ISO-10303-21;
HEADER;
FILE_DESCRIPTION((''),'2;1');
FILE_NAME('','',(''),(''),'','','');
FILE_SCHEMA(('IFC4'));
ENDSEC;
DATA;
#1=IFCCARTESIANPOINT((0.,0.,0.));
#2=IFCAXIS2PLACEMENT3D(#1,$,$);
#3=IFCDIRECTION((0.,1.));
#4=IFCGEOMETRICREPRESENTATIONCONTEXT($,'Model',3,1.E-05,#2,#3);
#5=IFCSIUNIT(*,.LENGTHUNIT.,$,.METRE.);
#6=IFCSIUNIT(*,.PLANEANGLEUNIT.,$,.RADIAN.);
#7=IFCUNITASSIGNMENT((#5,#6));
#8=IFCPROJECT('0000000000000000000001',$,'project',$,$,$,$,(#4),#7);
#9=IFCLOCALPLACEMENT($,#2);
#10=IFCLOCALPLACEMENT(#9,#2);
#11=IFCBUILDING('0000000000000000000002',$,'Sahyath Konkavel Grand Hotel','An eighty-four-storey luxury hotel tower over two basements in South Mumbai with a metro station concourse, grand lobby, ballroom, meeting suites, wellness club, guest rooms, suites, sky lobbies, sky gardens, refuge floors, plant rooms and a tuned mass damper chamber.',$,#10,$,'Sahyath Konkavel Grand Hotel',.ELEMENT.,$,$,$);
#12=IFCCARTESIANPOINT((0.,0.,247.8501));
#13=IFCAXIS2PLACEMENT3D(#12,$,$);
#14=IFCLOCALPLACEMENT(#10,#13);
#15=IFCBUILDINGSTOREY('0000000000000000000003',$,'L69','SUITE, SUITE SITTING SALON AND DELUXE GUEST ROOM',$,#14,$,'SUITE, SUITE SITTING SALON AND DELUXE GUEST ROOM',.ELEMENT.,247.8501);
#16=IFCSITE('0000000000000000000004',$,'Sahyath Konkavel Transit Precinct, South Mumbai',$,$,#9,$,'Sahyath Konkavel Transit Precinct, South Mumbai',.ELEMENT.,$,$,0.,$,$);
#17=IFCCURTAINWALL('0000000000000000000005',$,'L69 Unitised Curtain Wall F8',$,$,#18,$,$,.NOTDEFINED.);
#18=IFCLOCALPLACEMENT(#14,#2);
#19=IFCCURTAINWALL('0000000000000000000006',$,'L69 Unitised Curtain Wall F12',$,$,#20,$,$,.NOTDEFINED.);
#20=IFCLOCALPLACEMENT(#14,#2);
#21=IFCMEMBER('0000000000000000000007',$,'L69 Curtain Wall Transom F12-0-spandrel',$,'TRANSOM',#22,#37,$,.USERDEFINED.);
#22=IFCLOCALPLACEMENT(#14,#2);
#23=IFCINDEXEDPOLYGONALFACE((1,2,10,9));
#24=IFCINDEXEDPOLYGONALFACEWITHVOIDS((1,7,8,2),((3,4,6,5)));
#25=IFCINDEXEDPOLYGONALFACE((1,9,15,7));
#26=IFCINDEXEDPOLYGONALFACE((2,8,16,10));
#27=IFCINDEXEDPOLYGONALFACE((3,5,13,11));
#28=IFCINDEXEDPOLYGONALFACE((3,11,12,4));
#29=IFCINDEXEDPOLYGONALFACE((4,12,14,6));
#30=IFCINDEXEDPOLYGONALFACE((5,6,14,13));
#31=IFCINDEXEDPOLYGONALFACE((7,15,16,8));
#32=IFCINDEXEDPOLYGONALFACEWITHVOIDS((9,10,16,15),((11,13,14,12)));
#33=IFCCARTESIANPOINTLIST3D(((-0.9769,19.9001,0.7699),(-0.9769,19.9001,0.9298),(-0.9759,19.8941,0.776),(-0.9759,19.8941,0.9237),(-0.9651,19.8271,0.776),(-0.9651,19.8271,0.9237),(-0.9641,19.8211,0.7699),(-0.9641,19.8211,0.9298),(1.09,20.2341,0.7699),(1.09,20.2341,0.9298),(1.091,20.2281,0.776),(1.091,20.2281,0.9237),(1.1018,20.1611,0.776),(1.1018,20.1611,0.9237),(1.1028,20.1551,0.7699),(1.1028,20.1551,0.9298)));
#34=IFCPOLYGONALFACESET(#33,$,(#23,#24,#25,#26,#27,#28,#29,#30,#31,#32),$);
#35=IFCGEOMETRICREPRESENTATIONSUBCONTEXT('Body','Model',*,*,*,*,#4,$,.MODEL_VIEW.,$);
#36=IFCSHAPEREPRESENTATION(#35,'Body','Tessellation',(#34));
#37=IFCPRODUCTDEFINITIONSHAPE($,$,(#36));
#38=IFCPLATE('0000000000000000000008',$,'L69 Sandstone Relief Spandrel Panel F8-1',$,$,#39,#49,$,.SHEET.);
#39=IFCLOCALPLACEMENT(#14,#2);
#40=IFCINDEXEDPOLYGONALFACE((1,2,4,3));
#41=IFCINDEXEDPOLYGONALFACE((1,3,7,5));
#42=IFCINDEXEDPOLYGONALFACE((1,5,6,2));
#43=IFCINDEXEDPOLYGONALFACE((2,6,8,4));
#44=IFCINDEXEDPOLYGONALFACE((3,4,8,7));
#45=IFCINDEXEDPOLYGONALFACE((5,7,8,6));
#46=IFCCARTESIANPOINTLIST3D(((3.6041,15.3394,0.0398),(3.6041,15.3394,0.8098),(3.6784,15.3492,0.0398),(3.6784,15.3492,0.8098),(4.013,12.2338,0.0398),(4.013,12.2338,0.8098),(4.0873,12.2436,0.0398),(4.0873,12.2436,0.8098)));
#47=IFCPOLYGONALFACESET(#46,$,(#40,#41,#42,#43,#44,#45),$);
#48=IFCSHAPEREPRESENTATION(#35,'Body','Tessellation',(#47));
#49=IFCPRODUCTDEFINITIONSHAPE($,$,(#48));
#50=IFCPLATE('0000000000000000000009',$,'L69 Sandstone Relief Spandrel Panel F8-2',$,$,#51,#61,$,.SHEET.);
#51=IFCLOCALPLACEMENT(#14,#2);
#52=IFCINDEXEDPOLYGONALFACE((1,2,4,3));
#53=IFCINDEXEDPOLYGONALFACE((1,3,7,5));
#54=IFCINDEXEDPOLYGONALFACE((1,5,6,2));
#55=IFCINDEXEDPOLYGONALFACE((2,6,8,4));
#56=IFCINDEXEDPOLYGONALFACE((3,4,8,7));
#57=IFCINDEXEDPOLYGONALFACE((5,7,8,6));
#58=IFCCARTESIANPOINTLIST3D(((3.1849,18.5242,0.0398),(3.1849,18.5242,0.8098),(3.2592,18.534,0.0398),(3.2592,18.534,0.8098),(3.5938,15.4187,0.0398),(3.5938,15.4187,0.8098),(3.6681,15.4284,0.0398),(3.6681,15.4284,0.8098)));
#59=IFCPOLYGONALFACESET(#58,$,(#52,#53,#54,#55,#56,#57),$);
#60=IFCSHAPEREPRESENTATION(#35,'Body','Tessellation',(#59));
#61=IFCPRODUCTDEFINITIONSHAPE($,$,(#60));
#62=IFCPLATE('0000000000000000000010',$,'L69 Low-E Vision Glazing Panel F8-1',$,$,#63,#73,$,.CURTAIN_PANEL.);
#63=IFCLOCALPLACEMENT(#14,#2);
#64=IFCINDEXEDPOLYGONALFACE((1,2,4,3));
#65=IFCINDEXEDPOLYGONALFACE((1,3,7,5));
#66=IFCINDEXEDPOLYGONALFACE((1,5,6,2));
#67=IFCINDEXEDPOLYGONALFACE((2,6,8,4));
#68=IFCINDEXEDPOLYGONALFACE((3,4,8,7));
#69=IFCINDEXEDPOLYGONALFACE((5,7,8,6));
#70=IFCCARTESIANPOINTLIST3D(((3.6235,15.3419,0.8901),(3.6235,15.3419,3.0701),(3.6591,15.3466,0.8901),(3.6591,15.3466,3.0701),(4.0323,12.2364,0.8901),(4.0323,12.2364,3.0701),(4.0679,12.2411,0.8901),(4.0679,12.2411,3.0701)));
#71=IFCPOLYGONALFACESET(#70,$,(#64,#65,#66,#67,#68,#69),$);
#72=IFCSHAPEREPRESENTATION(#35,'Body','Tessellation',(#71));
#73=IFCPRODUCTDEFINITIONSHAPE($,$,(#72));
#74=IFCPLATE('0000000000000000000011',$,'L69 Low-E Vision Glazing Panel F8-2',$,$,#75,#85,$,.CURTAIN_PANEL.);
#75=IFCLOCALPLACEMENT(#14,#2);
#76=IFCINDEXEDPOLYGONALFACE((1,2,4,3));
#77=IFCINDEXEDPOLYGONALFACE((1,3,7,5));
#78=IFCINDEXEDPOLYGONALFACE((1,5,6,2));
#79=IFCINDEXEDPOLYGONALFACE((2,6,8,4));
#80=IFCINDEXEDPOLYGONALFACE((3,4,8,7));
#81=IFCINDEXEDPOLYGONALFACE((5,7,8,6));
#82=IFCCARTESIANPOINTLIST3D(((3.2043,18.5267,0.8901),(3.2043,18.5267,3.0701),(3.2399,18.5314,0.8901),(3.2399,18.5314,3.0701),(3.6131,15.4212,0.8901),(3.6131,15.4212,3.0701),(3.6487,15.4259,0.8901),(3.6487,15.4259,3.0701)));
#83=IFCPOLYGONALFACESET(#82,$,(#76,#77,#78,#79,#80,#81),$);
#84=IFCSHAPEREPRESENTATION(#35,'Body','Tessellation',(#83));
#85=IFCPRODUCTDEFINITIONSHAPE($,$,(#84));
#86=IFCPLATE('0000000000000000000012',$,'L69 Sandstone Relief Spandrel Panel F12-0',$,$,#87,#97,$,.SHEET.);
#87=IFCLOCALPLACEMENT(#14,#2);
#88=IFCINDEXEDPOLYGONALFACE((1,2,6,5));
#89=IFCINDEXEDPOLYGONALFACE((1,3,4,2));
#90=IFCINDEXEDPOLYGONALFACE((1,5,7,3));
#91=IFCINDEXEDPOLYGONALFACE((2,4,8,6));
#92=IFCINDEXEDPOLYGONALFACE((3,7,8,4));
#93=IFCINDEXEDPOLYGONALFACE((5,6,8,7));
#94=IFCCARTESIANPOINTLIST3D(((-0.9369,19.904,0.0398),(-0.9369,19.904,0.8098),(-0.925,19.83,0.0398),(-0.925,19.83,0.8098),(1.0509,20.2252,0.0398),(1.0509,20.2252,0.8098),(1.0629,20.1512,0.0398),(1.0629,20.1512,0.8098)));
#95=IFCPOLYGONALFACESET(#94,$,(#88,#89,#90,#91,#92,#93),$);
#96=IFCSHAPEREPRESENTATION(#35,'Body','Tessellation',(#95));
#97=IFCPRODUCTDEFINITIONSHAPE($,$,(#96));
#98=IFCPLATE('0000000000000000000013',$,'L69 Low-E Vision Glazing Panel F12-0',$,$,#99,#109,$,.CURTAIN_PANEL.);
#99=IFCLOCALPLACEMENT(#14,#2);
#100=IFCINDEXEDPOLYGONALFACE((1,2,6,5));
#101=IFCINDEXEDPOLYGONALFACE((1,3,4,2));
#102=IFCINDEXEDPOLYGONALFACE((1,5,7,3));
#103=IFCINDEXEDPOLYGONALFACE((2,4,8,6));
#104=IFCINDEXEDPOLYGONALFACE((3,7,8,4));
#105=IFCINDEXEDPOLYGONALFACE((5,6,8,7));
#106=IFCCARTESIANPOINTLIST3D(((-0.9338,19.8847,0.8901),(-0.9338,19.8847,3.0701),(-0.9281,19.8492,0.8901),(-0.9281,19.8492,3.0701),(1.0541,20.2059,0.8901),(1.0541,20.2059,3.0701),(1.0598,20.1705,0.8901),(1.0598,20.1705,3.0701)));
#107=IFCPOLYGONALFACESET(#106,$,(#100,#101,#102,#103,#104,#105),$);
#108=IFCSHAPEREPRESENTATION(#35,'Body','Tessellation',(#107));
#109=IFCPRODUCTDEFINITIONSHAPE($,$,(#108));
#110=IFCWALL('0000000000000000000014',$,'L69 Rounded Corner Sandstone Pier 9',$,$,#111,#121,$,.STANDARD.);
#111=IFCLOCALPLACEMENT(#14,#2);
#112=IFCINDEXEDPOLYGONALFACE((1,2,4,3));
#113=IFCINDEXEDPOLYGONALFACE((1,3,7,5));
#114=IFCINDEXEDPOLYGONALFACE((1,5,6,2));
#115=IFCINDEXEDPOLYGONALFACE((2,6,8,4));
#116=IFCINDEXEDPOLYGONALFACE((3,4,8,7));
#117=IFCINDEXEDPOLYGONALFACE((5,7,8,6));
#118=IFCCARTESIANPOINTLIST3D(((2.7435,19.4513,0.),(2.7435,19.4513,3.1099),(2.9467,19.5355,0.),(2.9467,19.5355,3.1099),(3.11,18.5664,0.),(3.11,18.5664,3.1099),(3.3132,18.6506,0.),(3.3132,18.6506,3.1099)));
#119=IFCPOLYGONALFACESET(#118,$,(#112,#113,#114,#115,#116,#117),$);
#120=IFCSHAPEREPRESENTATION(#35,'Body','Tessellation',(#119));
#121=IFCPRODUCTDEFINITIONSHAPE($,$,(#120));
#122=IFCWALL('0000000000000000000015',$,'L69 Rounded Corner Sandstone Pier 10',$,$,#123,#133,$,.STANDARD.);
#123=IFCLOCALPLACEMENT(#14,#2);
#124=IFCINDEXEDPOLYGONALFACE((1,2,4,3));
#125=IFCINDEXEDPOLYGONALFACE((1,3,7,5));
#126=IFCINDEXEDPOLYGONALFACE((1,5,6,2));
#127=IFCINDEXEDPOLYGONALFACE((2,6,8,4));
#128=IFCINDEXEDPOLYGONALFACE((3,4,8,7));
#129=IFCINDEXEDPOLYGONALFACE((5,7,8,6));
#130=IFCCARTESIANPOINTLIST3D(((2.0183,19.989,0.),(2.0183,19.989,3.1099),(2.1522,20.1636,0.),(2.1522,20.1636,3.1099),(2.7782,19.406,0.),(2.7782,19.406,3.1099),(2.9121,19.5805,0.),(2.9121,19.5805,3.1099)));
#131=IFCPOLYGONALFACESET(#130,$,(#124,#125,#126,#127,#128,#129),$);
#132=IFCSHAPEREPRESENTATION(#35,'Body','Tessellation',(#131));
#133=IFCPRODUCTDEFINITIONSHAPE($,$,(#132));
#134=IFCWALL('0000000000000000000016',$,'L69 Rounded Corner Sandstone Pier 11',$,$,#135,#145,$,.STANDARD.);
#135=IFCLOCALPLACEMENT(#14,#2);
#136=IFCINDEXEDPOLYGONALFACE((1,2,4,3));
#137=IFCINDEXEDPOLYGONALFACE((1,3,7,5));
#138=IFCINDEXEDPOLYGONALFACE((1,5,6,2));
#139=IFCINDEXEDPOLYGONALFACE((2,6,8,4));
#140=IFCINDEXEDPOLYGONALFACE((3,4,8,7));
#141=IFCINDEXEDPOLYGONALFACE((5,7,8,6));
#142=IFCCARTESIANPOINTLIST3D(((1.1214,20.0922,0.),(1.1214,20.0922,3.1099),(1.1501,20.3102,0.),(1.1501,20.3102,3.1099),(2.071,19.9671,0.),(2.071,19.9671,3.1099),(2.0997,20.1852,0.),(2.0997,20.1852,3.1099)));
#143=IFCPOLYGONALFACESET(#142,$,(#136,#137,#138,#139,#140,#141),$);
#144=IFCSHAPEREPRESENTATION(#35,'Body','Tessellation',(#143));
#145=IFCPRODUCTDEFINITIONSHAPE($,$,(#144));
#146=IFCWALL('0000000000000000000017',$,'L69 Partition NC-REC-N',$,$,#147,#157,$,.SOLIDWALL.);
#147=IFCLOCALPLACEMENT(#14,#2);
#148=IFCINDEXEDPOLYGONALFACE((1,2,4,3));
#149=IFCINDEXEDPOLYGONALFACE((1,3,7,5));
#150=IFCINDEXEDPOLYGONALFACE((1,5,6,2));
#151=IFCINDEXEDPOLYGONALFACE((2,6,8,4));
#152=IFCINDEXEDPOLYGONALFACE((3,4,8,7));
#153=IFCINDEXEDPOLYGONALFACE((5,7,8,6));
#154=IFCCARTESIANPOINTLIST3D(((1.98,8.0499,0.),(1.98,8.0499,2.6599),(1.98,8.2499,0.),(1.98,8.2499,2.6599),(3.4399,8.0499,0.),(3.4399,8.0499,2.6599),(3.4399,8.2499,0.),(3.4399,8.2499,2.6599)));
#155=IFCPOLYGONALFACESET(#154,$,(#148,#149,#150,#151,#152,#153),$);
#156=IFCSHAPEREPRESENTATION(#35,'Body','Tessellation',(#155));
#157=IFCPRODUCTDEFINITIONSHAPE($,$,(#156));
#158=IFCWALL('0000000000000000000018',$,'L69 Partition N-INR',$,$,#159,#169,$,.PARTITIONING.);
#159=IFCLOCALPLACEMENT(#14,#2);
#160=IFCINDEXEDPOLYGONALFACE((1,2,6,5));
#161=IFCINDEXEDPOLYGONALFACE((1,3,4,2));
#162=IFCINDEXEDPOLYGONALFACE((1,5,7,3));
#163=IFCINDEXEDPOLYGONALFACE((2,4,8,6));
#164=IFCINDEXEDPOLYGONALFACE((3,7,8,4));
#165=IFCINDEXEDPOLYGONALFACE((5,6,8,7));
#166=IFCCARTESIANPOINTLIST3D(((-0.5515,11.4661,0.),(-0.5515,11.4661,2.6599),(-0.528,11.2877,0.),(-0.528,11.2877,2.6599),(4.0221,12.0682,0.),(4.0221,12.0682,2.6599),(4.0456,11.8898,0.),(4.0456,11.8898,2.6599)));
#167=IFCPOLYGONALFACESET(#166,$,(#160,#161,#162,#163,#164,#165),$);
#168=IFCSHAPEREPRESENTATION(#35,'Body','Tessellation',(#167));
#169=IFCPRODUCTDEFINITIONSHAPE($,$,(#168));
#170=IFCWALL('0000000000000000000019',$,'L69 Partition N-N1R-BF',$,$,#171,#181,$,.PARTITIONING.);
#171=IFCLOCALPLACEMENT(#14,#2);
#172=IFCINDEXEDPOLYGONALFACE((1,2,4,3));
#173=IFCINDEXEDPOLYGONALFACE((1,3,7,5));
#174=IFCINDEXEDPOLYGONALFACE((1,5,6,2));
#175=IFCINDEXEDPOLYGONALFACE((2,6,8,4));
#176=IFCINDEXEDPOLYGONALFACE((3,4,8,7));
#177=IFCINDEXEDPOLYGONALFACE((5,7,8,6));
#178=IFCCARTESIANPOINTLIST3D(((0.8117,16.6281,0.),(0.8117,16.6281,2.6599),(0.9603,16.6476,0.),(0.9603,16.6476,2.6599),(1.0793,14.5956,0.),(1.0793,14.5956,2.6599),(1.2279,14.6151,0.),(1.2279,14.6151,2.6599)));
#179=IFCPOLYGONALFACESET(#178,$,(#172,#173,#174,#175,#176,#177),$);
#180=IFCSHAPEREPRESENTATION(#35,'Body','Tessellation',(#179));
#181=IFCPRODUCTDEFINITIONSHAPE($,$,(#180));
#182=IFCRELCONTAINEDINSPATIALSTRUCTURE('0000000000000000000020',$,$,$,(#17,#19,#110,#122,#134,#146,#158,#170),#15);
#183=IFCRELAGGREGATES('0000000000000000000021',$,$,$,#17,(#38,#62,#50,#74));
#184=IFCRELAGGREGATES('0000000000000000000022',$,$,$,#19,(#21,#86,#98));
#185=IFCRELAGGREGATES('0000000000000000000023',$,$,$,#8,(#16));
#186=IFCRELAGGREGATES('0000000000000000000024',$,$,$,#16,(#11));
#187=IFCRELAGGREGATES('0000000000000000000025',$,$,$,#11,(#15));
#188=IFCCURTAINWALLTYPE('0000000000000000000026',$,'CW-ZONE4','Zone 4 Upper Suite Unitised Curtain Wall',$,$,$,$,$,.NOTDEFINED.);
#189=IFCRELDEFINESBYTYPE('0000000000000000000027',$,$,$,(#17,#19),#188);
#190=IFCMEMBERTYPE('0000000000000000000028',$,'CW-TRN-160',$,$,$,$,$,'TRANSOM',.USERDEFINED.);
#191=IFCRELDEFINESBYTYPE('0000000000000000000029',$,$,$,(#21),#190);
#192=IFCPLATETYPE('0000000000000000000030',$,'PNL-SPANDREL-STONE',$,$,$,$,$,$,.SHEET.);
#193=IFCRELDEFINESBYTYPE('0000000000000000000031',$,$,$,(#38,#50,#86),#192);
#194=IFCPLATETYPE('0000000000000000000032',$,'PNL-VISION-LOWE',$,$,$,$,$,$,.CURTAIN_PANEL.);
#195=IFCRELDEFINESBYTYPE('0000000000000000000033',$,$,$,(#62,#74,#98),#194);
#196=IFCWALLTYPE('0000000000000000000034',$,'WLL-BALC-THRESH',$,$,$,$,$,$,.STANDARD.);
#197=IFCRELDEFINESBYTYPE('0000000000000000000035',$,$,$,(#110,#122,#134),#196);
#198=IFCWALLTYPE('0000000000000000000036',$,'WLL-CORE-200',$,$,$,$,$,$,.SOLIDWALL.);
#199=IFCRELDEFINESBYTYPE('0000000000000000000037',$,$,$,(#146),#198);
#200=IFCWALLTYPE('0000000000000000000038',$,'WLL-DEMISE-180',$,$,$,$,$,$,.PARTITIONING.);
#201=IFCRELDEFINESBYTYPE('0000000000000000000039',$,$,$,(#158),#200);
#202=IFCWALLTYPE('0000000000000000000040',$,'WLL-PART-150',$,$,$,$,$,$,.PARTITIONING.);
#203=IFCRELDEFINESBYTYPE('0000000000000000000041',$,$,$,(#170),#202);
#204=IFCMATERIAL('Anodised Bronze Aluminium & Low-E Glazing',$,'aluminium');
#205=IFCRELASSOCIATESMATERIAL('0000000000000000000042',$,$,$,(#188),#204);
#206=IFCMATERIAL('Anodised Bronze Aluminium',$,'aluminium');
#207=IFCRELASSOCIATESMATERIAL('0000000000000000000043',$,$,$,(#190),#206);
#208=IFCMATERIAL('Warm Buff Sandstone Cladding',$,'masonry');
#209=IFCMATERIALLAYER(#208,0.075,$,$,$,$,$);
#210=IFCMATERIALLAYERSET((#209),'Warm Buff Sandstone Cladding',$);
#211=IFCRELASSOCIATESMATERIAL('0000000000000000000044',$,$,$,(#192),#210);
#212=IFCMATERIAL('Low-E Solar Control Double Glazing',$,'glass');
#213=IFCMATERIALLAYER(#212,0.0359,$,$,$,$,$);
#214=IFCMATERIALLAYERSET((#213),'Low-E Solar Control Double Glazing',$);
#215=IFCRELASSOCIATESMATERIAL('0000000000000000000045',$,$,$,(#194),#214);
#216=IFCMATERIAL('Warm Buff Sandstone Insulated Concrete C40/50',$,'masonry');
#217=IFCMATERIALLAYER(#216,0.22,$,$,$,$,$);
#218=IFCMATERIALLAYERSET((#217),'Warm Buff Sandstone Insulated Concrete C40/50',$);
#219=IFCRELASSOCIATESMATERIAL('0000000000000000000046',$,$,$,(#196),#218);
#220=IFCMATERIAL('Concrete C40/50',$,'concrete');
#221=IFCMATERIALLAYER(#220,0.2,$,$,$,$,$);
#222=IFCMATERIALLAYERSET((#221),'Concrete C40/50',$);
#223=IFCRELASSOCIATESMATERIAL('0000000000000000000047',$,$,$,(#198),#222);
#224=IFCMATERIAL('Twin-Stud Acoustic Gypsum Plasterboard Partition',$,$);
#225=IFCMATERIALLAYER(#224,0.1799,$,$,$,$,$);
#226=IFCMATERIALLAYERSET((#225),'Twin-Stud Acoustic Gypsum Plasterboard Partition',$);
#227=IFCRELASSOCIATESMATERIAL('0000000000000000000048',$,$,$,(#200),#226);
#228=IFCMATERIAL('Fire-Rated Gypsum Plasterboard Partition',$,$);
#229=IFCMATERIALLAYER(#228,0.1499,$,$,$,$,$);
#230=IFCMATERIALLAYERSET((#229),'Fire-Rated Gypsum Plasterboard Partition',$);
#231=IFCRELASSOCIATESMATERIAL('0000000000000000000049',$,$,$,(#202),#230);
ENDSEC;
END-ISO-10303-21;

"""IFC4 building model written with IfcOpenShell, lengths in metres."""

from ifc_helpers import new_model, si_unit, direction, frame, frame_2d, origin, origin_2d, place, context, subcontext, project, spatial, rectangle, hollow_rectangle, extrude, source, transform, mapped, material, layer, layer_set, material_profile, profile_set, type_object, element, aggregate, save


model = new_model("IFC4")

# Units and contexts
model_context = context("Model", 3, precision=1e-05, world=origin(), true_north=direction((0.0, 1.0)))
body_context = subcontext(model_context, "Body", "Model", "MODEL_VIEW")
ifc_project = project(units=[si_unit("LENGTHUNIT", "METRE"), si_unit("PLANEANGLEUNIT", "RADIAN")], contexts=[model_context])

# Site, building, storey
site_placement = place(None, origin())
site = spatial("IfcSite", under=ifc_project, at=site_placement, Name="Sahyath Konkavel Transit Precinct, South Mumbai", LongName="Sahyath Konkavel Transit Precinct, South Mumbai", CompositionType="ELEMENT", RefElevation=0.0)
building_placement = place(site_placement, origin())
building = spatial("IfcBuilding", under=site, at=building_placement, Name="Sahyath Konkavel Grand Hotel", Description="An eighty-four-storey luxury hotel tower over two basements in South Mumbai with a metro station concourse, grand lobby, ballroom, meeting suites, wellness club, guest rooms, suites, sky lobbies, sky gardens, refuge floors, plant rooms and a tuned mass damper chamber.", LongName="Sahyath Konkavel Grand Hotel", CompositionType="ELEMENT")
storey_placement = place(building_placement, frame((0.0, 0.0, 247.8501)))
storey = spatial("IfcBuildingStorey", under=building, at=storey_placement, Name="L69", Description="SUITE, SUITE SITTING SALON AND DELUXE GUEST ROOM", LongName="SUITE, SUITE SITTING SALON AND DELUXE GUEST ROOM", CompositionType="ELEMENT", Elevation=247.8501)

# Shared definitions
ifc_material_1 = material(Name="Concrete C40/50", Category="concrete")

# Curtain wall
ifc_material_2 = material(Name="Anodised Bronze Aluminium & Low-E Glazing", Category="aluminium")
curtain_wall_type = type_object("IfcCurtainWallType", Name="CW-ZONE4", Description="Zone 4 Upper Suite Unitised Curtain Wall", PredefinedType="NOTDEFINED", material=ifc_material_2)
curtain_wall_1_placement = place(storey_placement, origin())
curtain_wall_1 = element("IfcCurtainWall", 1, at=curtain_wall_1_placement, inside=storey, type_object=curtain_wall_type, Name="L69 Unitised Curtain Wall F8", PredefinedType="NOTDEFINED")
ifc_material_3 = material(Name="Anodised Bronze Aluminium", Category="aluminium")

# Curtain wall
curtain_wall_2_placement = place(storey_placement, origin())
curtain_wall_2 = element("IfcCurtainWall", 2, at=curtain_wall_2_placement, inside=storey, type_object=curtain_wall_type, Name="L69 Unitised Curtain Wall F12", PredefinedType="NOTDEFINED")

# Member
ifc_material_profile_1 = material_profile(ifc_material_3, hollow_rectangle(XDim=0.0801, YDim=0.1599, WallThickness=0.0061, at=origin_2d()), Name="RHS 160x80x6")
ifc_profile_set_1 = profile_set([ifc_material_profile_1], Name="Anodised Bronze Aluminium")
member_type_1 = type_object("IfcMemberType", Name="CW-TRN-160", ElementType="TRANSOM", PredefinedType="USERDEFINED", material=ifc_profile_set_1)
shared_shape_1 = source(origin(), body_context, "Body", "SweptSolid", [
    extrude(hollow_rectangle(XDim=0.0801, YDim=0.1599, WallThickness=0.0061, at=origin_2d()), origin(), (0.0, 0.0, 1.0), 2.0938),
])
member_1_placement = place(storey_placement, frame((1.0964, 20.1946, 0.8499), z_axis=(-0.987195, -0.159518, 0.0), x_axis=(0.159518, -0.987195, 0.0)))
member_1 = element("IfcMember", 3, at=member_1_placement, type_object=member_type_1, Name="L69 Curtain Wall Transom F12-0-spandrel", ObjectType="TRANSOM", PredefinedType="USERDEFINED", context=body_context, shape_type="MappedRepresentation", body=[
    mapped(shared_shape_1, transform((0.0, 0.0, 0.0), scale=1.0)),
])

# Plates
ifc_material_4 = material(Name="Warm Buff Sandstone Cladding", Category="masonry")
ifc_layer_1 = layer(ifc_material_4, 0.075)
ifc_layer_set_1 = layer_set([ifc_layer_1], Name="Warm Buff Sandstone Cladding")
plate_type_1 = type_object("IfcPlateType", Name="PNL-SPANDREL-STONE", PredefinedType="SHEET", material=ifc_layer_set_1)
shared_shape_2 = source(origin(), body_context, "Body", "SweptSolid", [
    extrude(rectangle(XDim=3.1323, YDim=0.075, at=origin_2d()), origin(), (0.0, 0.0, 1.0), 0.77),
])
plate_1_placement = place(storey_placement, frame((3.8457, 13.7915, 0.0398), z_axis=(0.0, 0.0, 1.0), x_axis=(-0.130526, 0.991445, 0.0)))
plate_1 = element("IfcPlate", 4, at=plate_1_placement, type_object=plate_type_1, Name="L69 Sandstone Relief Spandrel Panel F8-1", PredefinedType="SHEET", context=body_context, shape_type="MappedRepresentation", body=[
    mapped(shared_shape_2, transform((0.0, 0.0, 0.0), scale=1.0)),
])
plate_2_placement = place(storey_placement, frame((3.4265, 16.9763, 0.0398), z_axis=(0.0, 0.0, 1.0), x_axis=(-0.130526, 0.991445, 0.0)))
plate_2 = element("IfcPlate", 5, at=plate_2_placement, type_object=plate_type_1, Name="L69 Sandstone Relief Spandrel Panel F8-2", PredefinedType="SHEET", context=body_context, shape_type="MappedRepresentation", body=[
    mapped(shared_shape_2, transform((0.0, 0.0, 0.0), scale=1.0)),
])
ifc_material_5 = material(Name="Low-E Solar Control Double Glazing", Category="glass")
ifc_layer_2 = layer(ifc_material_5, 0.0359)
ifc_layer_set_2 = layer_set([ifc_layer_2], Name="Low-E Solar Control Double Glazing")
plate_type_2 = type_object("IfcPlateType", Name="PNL-VISION-LOWE", PredefinedType="CURTAIN_PANEL", material=ifc_layer_set_2)
shared_shape_3 = source(origin(), body_context, "Body", "SweptSolid", [
    extrude(rectangle(XDim=3.1323, YDim=0.0359, at=origin_2d()), origin(), (0.0, 0.0, 1.0), 2.1799),
])
plate_3_placement = place(storey_placement, frame((3.8457, 13.7915, 0.8901), z_axis=(0.0, 0.0, 1.0), x_axis=(-0.130526, 0.991445, 0.0)))
plate_3 = element("IfcPlate", 6, at=plate_3_placement, type_object=plate_type_2, Name="L69 Low-E Vision Glazing Panel F8-1", PredefinedType="CURTAIN_PANEL", context=body_context, shape_type="MappedRepresentation", body=[
    mapped(shared_shape_3, transform((0.0, 0.0, 0.0), scale=1.0)),
])
plate_4_placement = place(storey_placement, frame((3.4265, 16.9763, 0.8901), z_axis=(0.0, 0.0, 1.0), x_axis=(-0.130526, 0.991445, 0.0)))
plate_4 = element("IfcPlate", 7, at=plate_4_placement, type_object=plate_type_2, Name="L69 Low-E Vision Glazing Panel F8-2", PredefinedType="CURTAIN_PANEL", context=body_context, shape_type="MappedRepresentation", body=[
    mapped(shared_shape_3, transform((0.0, 0.0, 0.0), scale=1.0)),
])
aggregate(curtain_wall_1, [plate_1, plate_3, plate_2, plate_4])
shared_shape_4 = source(origin(), body_context, "Body", "SweptSolid", [
    extrude(rectangle(XDim=2.0137, YDim=0.075, at=origin_2d()), origin(), (0.0, 0.0, 1.0), 0.77),
])
plate_5_placement = place(storey_placement, frame((0.063, 20.0276, 0.0398), z_axis=(0.0, 0.0, 1.0), x_axis=(-0.987192, -0.159537, 0.0)))
plate_5 = element("IfcPlate", 8, at=plate_5_placement, type_object=plate_type_1, Name="L69 Sandstone Relief Spandrel Panel F12-0", PredefinedType="SHEET", context=body_context, shape_type="MappedRepresentation", body=[
    mapped(shared_shape_4, transform((0.0, 0.0, 0.0), scale=1.0)),
])
shared_shape_5 = source(origin(), body_context, "Body", "SweptSolid", [
    extrude(rectangle(XDim=2.0137, YDim=0.0359, at=origin_2d()), origin(), (0.0, 0.0, 1.0), 2.1799),
])
plate_6_placement = place(storey_placement, frame((0.063, 20.0276, 0.8901), z_axis=(0.0, 0.0, 1.0), x_axis=(-0.987192, -0.159537, 0.0)))
plate_6 = element("IfcPlate", 9, at=plate_6_placement, type_object=plate_type_2, Name="L69 Low-E Vision Glazing Panel F12-0", PredefinedType="CURTAIN_PANEL", context=body_context, shape_type="MappedRepresentation", body=[
    mapped(shared_shape_5, transform((0.0, 0.0, 0.0), scale=1.0)),
])
aggregate(curtain_wall_2, [member_1, plate_5, plate_6])

# Walls
ifc_material_6 = material(Name="Warm Buff Sandstone Insulated Concrete C40/50", Category="masonry")
ifc_layer_3 = layer(ifc_material_6, 0.22)
ifc_layer_set_3 = layer_set([ifc_layer_3], Name="Warm Buff Sandstone Insulated Concrete C40/50")
wall_type_1 = type_object("IfcWallType", Name="WLL-BALC-THRESH", PredefinedType="STANDARD", material=ifc_layer_set_3)
for number, where, z_axis, x_axis, name in (
    (10, (3.2117, 18.6084, 0.0), (0.0, 0.0, 1.0), (-0.38266, 0.923889, 0.0), "L69 Rounded Corner Sandstone Pier 9"),
    (11, (2.8452, 19.4932, 0.0), (0.0, 0.0, 1.0), (-0.793344, 0.608774, 0.0), "L69 Rounded Corner Sandstone Pier 10"),
    (12, (2.0854, 20.0762, 0.0), (0.0, 0.0, 1.0), (-0.991445, 0.130527, 0.0), "L69 Rounded Corner Sandstone Pier 11"),
):
    element("IfcWall", number, at=place(storey_placement, frame(where, z_axis=z_axis, x_axis=x_axis)), inside=storey, type_object=wall_type_1, Name=name, PredefinedType="STANDARD", context=body_context, shape_type="SweptSolid", body=[
        extrude(rectangle(XDim=0.9578, YDim=0.22, at=frame_2d((0.479, 0.0))), origin(), (0.0, 0.0, 1.0), 3.1099),
    ])
ifc_layer_4 = layer(ifc_material_1, 0.2)
ifc_layer_set_4 = layer_set([ifc_layer_4], Name="Concrete C40/50")
wall_type_2 = type_object("IfcWallType", Name="WLL-CORE-200", PredefinedType="SOLIDWALL", material=ifc_layer_set_4)
wall_1_placement = place(storey_placement, frame((1.98, 8.1499, 0.0), z_axis=(0.0, 0.0, 1.0), x_axis=(1.0, 0.0, 0.0)))
element("IfcWall", 13, at=wall_1_placement, inside=storey, type_object=wall_type_2, Name="L69 Partition NC-REC-N", PredefinedType="SOLIDWALL", context=body_context, shape_type="SweptSolid", body=[
    extrude(rectangle(XDim=1.46, YDim=0.2, at=frame_2d((0.73, 0.0))), origin(), (0.0, 0.0, 1.0), 2.6599),
])
ifc_material_7 = material(Name="Twin-Stud Acoustic Gypsum Plasterboard Partition")
ifc_layer_5 = layer(ifc_material_7, 0.1799)
ifc_layer_set_5 = layer_set([ifc_layer_5], Name="Twin-Stud Acoustic Gypsum Plasterboard Partition")
wall_type_3 = type_object("IfcWallType", Name="WLL-DEMISE-180", PredefinedType="PARTITIONING", material=ifc_layer_set_5)
wall_2_placement = place(storey_placement, frame((4.0339, 11.979, 0.0), z_axis=(0.0, 0.0, 1.0), x_axis=(-0.991447, -0.130513, 0.0)))
element("IfcWall", 14, at=wall_2_placement, inside=storey, type_object=wall_type_3, Name="L69 Partition N-INR", PredefinedType="PARTITIONING", context=body_context, shape_type="SweptSolid", body=[
    extrude(rectangle(XDim=4.613, YDim=0.1799, at=frame_2d((2.3066, 0.0))), origin(), (0.0, 0.0, 1.0), 2.6599),
])
ifc_material_8 = material(Name="Fire-Rated Gypsum Plasterboard Partition")
ifc_layer_6 = layer(ifc_material_8, 0.1499)
ifc_layer_set_6 = layer_set([ifc_layer_6], Name="Fire-Rated Gypsum Plasterboard Partition")
wall_type_4 = type_object("IfcWallType", Name="WLL-PART-150", PredefinedType="PARTITIONING", material=ifc_layer_set_6)
wall_3_placement = place(storey_placement, frame((1.1536, 14.6055, 0.0), z_axis=(0.0, 0.0, 1.0), x_axis=(-0.130525, 0.991445, 0.0)))
element("IfcWall", 15, at=wall_3_placement, inside=storey, type_object=wall_type_4, Name="L69 Partition N-N1R-BF", PredefinedType="PARTITIONING", context=body_context, shape_type="SweptSolid", body=[
    extrude(rectangle(XDim=2.05, YDim=0.1499, at=frame_2d((1.0249, 0.0))), origin(), (0.0, 0.0, 1.0), 2.6599),
])

save(model, "model.ifc")
